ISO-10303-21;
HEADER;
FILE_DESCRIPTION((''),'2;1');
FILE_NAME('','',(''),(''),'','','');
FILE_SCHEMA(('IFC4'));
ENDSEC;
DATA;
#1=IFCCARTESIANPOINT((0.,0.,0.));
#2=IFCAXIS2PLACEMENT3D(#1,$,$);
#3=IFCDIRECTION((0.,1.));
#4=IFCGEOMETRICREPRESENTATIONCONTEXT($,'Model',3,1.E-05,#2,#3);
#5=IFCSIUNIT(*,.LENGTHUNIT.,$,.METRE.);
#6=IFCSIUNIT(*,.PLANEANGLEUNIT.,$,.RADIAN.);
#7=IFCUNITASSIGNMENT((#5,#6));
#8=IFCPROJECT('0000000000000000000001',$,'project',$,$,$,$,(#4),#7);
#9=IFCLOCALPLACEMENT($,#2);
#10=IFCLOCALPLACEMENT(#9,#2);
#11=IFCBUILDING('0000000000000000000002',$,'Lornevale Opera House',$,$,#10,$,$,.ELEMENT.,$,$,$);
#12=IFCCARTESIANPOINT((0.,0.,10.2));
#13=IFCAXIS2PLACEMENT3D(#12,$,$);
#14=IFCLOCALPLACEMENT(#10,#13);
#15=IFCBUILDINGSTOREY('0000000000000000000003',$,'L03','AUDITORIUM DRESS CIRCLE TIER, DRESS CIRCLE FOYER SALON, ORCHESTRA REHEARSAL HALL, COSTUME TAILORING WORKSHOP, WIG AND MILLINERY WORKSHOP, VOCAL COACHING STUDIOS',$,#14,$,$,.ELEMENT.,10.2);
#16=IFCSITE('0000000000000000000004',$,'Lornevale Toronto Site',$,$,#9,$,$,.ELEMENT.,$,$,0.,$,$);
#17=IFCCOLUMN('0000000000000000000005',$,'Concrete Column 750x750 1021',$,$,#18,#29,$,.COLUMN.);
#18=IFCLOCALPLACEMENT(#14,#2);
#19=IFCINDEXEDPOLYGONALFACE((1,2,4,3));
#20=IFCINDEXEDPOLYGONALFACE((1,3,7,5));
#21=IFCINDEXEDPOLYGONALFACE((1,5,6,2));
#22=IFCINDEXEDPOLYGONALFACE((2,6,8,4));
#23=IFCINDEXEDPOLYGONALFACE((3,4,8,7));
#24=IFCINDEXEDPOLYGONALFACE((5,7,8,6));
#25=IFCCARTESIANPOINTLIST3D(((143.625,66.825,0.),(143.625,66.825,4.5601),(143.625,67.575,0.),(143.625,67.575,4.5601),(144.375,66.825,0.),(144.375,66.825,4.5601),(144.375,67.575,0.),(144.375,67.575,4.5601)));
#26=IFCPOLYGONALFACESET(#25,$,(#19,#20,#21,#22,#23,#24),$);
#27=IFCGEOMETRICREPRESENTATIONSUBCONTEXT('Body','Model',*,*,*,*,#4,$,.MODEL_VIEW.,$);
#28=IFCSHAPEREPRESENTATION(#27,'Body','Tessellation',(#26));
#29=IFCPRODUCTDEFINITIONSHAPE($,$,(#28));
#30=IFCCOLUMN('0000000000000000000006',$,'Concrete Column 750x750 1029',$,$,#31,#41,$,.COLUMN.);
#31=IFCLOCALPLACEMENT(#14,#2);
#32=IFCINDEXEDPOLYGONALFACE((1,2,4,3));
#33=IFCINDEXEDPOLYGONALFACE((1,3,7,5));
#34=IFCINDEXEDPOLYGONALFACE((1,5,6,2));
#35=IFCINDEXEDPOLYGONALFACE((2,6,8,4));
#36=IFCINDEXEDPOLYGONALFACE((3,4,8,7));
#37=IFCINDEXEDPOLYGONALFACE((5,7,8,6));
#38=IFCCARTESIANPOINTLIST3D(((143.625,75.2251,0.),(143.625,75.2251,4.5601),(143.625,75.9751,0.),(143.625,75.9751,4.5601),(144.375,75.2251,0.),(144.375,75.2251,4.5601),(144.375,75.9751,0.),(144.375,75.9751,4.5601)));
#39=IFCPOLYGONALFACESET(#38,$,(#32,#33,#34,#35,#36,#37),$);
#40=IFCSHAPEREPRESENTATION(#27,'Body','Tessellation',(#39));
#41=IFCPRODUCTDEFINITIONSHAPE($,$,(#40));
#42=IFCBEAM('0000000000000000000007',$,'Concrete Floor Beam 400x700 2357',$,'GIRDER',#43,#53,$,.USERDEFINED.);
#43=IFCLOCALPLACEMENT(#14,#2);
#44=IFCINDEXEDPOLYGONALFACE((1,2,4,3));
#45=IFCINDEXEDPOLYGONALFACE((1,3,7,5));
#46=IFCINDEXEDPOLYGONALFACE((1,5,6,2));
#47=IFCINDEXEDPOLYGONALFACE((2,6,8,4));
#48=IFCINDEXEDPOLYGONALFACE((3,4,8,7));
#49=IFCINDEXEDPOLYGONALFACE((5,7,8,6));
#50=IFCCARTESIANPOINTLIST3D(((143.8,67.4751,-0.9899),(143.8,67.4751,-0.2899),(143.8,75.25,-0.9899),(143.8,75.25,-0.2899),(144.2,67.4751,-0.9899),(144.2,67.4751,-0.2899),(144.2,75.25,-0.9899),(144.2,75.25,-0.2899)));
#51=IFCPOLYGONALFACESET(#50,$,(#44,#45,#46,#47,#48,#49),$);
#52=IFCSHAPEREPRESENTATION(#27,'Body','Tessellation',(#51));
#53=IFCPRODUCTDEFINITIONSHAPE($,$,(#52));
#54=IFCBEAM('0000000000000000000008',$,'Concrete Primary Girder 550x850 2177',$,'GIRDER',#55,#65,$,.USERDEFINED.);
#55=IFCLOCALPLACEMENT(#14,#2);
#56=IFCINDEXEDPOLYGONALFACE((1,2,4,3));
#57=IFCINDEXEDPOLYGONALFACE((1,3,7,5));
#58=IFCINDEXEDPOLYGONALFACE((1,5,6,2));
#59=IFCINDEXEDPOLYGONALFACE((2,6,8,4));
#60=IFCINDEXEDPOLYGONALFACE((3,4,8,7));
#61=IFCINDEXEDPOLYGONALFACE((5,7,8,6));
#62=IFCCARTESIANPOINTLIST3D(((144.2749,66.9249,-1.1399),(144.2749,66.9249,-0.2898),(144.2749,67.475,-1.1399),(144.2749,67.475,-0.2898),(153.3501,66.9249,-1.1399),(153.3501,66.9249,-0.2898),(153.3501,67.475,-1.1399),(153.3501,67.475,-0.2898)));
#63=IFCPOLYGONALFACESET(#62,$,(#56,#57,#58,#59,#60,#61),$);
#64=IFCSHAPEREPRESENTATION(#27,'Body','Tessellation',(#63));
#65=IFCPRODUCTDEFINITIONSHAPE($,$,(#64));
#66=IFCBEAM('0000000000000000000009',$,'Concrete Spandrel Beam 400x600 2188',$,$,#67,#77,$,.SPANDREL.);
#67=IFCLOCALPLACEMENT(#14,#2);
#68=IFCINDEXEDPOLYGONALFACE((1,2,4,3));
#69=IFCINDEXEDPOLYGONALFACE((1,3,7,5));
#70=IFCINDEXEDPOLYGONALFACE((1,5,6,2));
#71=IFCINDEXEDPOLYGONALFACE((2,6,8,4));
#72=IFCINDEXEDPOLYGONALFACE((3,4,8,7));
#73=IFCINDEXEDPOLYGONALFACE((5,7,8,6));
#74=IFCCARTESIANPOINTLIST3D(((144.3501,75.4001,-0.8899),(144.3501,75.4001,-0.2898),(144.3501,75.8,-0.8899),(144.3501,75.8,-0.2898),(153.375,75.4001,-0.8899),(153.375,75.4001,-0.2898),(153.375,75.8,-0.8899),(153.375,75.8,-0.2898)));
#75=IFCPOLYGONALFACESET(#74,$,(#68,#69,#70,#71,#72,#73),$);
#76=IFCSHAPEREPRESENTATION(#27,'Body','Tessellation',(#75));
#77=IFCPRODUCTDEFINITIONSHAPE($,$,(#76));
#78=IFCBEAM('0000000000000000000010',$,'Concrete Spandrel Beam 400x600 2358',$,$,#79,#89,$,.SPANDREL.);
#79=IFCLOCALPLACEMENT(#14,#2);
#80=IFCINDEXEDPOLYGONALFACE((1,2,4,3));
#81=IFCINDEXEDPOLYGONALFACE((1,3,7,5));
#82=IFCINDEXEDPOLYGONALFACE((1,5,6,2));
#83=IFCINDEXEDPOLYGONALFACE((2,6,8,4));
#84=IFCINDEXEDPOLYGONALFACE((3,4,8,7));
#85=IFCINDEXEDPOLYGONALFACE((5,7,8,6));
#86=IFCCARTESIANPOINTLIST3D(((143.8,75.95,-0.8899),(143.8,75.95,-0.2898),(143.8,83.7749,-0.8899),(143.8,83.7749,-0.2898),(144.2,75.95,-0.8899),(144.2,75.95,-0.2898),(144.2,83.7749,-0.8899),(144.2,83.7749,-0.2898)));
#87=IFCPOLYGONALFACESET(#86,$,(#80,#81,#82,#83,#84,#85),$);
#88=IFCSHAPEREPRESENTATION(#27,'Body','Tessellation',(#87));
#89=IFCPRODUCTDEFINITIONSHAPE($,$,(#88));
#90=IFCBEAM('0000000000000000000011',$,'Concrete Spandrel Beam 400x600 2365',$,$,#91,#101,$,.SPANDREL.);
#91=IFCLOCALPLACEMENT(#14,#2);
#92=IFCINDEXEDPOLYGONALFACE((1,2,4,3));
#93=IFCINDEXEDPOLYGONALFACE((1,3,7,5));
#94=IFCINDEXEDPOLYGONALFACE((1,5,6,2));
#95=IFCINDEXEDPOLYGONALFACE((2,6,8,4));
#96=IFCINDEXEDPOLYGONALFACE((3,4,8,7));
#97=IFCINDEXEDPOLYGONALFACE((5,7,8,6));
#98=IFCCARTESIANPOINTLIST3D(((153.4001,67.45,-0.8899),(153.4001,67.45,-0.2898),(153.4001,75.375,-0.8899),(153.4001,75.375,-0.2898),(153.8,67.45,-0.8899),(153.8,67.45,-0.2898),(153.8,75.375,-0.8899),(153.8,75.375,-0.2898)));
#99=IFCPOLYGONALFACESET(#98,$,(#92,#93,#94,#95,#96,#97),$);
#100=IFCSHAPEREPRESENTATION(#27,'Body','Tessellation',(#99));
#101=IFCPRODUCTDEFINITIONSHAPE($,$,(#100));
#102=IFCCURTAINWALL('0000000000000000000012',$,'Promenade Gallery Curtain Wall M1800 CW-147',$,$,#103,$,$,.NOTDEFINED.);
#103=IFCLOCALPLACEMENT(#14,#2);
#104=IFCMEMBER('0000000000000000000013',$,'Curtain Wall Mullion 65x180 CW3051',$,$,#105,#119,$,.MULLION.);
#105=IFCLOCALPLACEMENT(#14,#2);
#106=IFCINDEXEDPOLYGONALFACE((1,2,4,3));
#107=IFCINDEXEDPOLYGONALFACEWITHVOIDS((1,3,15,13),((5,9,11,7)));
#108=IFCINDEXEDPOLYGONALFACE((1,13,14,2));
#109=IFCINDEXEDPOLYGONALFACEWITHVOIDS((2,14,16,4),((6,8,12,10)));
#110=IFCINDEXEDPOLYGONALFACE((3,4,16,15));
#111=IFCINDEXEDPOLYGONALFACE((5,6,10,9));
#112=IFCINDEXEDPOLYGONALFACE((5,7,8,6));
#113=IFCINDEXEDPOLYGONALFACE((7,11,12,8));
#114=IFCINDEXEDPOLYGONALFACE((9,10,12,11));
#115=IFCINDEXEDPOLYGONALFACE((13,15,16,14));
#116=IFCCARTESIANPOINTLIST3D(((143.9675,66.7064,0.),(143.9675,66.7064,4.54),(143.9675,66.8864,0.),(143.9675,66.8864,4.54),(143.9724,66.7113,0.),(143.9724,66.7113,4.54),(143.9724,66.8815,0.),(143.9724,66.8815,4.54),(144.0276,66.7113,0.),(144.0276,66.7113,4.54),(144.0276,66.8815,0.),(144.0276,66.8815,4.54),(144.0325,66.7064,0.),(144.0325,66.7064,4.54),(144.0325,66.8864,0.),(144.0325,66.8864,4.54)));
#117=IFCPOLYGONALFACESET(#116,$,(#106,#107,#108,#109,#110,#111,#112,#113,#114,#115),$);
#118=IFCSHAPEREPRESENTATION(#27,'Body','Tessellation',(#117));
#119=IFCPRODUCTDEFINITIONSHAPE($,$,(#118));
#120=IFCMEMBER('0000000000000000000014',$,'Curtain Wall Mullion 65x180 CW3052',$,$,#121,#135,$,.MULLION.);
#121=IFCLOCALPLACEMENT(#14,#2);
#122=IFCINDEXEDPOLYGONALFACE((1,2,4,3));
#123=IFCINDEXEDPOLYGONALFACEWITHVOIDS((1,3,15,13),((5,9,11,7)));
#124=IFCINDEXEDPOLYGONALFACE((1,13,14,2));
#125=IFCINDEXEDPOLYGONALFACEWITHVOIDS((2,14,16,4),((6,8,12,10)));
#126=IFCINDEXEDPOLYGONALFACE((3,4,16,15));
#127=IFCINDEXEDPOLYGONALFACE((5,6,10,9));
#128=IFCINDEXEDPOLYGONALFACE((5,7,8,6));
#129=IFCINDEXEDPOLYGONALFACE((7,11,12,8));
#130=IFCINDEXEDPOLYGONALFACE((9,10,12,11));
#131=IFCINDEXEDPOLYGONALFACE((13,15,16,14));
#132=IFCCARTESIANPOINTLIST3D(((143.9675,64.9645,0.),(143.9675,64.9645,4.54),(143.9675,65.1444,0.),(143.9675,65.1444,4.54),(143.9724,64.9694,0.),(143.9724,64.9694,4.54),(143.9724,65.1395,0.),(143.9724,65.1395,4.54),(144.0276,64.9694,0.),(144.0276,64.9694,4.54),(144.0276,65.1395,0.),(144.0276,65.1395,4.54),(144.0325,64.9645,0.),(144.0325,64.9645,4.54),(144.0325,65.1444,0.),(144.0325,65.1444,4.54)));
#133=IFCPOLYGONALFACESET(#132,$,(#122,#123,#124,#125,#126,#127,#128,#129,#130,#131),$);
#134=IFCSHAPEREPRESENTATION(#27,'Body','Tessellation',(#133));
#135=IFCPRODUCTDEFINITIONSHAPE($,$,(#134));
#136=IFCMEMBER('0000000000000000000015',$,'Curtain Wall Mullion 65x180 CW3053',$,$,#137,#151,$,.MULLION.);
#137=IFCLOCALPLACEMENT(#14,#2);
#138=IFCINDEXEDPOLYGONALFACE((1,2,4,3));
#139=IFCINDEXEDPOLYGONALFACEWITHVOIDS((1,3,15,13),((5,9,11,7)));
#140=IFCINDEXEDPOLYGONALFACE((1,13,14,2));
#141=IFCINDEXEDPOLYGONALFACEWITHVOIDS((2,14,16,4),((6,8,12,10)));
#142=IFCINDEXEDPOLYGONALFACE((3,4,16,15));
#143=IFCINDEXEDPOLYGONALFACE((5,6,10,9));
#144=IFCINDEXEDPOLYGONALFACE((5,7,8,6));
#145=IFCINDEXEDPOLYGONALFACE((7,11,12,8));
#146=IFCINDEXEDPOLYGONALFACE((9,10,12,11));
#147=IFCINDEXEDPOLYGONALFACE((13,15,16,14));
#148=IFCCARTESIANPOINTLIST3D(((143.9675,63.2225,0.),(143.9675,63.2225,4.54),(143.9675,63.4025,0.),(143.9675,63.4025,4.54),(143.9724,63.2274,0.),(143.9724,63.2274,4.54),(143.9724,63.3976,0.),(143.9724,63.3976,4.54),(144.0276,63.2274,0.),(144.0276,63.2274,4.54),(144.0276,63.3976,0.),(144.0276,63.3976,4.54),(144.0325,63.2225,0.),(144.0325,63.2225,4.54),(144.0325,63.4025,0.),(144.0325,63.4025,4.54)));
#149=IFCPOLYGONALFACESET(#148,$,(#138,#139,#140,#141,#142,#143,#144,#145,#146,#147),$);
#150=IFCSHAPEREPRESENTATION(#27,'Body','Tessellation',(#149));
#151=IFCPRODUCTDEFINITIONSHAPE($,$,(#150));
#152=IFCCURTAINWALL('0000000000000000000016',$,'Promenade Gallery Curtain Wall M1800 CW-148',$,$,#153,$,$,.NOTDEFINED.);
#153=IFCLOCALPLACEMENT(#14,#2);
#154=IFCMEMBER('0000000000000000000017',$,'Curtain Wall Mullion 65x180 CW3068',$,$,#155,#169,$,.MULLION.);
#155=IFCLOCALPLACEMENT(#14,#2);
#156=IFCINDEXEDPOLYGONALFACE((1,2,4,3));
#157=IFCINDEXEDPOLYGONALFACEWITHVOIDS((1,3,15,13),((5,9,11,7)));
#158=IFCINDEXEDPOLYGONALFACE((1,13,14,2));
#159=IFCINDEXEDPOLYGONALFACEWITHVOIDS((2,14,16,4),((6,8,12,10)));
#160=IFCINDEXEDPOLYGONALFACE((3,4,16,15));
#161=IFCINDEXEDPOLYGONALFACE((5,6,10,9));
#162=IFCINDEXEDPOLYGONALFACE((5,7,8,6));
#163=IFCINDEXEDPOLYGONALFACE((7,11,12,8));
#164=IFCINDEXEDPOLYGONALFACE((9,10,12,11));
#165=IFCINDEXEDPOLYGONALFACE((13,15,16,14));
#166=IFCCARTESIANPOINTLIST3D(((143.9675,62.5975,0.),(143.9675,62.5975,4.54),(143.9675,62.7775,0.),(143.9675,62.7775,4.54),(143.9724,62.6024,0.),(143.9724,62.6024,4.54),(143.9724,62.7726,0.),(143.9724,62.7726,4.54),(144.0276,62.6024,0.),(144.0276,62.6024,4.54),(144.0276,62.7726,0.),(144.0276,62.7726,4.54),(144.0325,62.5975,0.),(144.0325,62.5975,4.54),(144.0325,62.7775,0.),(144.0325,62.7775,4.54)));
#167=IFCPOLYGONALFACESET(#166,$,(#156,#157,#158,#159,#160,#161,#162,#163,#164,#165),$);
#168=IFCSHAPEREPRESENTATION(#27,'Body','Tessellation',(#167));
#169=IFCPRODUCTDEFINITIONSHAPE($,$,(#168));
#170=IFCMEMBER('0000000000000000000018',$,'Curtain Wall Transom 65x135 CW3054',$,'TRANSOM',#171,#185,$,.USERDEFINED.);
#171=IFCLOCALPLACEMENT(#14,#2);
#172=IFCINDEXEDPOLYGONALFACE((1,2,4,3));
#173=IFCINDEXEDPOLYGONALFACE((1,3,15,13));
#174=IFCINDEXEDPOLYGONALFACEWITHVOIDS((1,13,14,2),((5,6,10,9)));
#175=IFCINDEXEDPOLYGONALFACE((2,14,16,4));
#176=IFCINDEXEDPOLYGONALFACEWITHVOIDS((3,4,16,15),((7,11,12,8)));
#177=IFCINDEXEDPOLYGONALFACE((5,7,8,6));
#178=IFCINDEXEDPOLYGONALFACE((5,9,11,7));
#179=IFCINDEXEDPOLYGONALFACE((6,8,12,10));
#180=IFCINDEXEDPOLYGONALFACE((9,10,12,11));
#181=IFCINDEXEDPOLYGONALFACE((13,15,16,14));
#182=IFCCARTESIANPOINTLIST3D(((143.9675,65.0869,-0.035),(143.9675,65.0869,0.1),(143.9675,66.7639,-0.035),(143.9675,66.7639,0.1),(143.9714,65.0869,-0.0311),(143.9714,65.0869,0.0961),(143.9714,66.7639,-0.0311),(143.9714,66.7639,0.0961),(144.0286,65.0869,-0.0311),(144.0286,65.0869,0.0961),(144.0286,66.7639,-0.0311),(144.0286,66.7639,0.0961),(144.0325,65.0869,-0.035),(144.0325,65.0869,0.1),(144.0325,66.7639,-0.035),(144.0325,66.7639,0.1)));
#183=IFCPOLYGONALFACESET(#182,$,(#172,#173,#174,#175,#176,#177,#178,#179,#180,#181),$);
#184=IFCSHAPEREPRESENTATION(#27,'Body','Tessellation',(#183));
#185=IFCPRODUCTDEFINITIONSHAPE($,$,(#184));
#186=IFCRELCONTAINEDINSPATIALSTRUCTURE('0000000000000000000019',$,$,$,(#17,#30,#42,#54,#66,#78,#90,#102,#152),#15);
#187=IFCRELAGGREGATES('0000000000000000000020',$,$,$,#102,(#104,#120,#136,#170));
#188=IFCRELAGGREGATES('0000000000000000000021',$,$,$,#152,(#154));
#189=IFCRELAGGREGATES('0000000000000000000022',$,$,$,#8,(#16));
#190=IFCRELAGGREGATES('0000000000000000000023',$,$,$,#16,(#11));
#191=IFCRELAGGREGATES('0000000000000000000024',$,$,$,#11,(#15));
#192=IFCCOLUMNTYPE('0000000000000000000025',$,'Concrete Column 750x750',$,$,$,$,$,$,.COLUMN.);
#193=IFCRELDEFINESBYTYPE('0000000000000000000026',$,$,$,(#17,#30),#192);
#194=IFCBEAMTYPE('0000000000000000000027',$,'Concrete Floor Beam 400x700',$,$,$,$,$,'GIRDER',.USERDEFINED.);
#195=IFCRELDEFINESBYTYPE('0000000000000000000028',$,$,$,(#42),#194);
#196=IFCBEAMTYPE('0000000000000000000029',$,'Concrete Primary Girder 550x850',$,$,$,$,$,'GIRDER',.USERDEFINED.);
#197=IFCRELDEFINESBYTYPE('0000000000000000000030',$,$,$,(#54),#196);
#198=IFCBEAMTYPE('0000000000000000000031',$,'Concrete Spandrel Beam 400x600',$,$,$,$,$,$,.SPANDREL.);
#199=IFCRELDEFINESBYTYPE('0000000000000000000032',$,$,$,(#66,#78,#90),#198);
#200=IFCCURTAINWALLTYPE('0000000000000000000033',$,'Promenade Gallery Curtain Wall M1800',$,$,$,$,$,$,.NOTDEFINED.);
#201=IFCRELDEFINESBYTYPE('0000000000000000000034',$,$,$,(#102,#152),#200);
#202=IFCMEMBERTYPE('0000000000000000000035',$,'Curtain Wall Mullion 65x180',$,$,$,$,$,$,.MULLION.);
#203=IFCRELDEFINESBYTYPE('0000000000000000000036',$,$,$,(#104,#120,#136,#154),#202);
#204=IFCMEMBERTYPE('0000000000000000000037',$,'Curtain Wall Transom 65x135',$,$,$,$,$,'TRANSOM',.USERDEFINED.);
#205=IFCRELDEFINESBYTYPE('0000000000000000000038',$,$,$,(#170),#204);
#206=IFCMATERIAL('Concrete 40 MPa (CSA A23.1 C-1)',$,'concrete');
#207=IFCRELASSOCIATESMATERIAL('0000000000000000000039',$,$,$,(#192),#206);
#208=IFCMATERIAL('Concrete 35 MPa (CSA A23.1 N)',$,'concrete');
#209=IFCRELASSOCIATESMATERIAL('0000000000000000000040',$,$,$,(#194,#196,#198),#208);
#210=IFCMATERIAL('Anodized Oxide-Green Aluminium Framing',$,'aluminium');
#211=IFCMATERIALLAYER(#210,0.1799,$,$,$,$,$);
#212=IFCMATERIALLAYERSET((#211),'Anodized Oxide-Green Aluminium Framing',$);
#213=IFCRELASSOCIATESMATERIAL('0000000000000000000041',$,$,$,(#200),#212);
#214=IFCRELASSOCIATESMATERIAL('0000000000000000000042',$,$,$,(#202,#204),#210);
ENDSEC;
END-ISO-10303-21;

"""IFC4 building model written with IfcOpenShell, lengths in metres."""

from ifc_helpers import new_model, si_unit, direction, frame, origin, origin_2d, place, context, subcontext, project, spatial, rectangle, hollow_rectangle, extrude, material, layer, layer_set, material_profile, profile_set, type_object, element, aggregate, save


model = new_model("IFC4")

# Units and contexts
model_context = context("Model", 3, precision=1e-05, world=origin(), true_north=direction((0.0, 1.0)))
body_context = subcontext(model_context, "Body", "Model", "MODEL_VIEW")
ifc_project = project(units=[si_unit("LENGTHUNIT", "METRE"), si_unit("PLANEANGLEUNIT", "RADIAN")], contexts=[model_context])

# Site, building, storey
site_placement = place(None, origin())
site = spatial("IfcSite", under=ifc_project, at=site_placement, Name="Lornevale Toronto Site", CompositionType="ELEMENT", RefElevation=0.0)
building_placement = place(site_placement, origin())
building = spatial("IfcBuilding", under=site, at=building_placement, Name="Lornevale Opera House", CompositionType="ELEMENT")
storey_placement = place(building_placement, frame((0.0, 0.0, 10.2)))
storey = spatial("IfcBuildingStorey", under=building, at=storey_placement, Name="L03", Description="AUDITORIUM DRESS CIRCLE TIER, DRESS CIRCLE FOYER SALON, ORCHESTRA REHEARSAL HALL, COSTUME TAILORING WORKSHOP, WIG AND MILLINERY WORKSHOP, VOCAL COACHING STUDIOS", CompositionType="ELEMENT", Elevation=10.2)

# Columns
ifc_material_1 = material(Name="Concrete 40 MPa (CSA A23.1 C-1)", Category="concrete")
ifc_material_profile_1 = material_profile(ifc_material_1, rectangle(XDim=0.75, YDim=0.75, at=origin_2d()), Name="RC750x750")
ifc_profile_set_1 = profile_set([ifc_material_profile_1], Name="Concrete 40 MPa (CSA A23.1 C-1)")
column_type = type_object("IfcColumnType", Name="Concrete Column 750x750", PredefinedType="COLUMN", material=ifc_profile_set_1)
for number, where, z_axis, x_axis, name in (
    (1, (144.0, 67.2, 0.0), (0.0, 0.0, 1.0), (1.0, 0.0, 0.0), "Concrete Column 750x750 1021"),
    (2, (144.0, 75.6001, 0.0), (0.0, 0.0, 1.0), (1.0, 0.0, 0.0), "Concrete Column 750x750 1029"),
):
    element("IfcColumn", number, at=place(storey_placement, frame(where, z_axis=z_axis, x_axis=x_axis)), inside=storey, type_object=column_type, Name=name, PredefinedType="COLUMN", context=body_context, shape_type="SweptSolid", body=[
        extrude(rectangle(XDim=0.75, YDim=0.75, at=origin_2d()), origin(), (0.0, 0.0, 1.0), 4.5601),
    ])

# Beams
ifc_material_2 = material(Name="Concrete 35 MPa (CSA A23.1 N)", Category="concrete")
ifc_material_profile_2 = material_profile(ifc_material_2, rectangle(XDim=0.3999, YDim=0.7, at=origin_2d()), Name="RC400x700")
ifc_profile_set_2 = profile_set([ifc_material_profile_2], Name="Concrete 35 MPa (CSA A23.1 N)")
beam_type_1 = type_object("IfcBeamType", Name="Concrete Floor Beam 400x700", ElementType="GIRDER", PredefinedType="USERDEFINED", material=ifc_profile_set_2)
beam_1_placement = place(storey_placement, frame((144.0, 67.4751, -0.6399), z_axis=(0.0, 1.0, 0.0), x_axis=(-1.0, 0.0, 0.0)))
element("IfcBeam", 3, at=beam_1_placement, inside=storey, type_object=beam_type_1, Name="Concrete Floor Beam 400x700 2357", ObjectType="GIRDER", PredefinedType="USERDEFINED", context=body_context, shape_type="SweptSolid", body=[
    extrude(rectangle(XDim=0.3999, YDim=0.7, at=origin_2d()), origin(), (0.0, 0.0, 1.0), 7.7749),
])
ifc_material_profile_3 = material_profile(ifc_material_2, rectangle(XDim=0.55, YDim=0.8501, at=origin_2d()), Name="RC550x850")
ifc_profile_set_3 = profile_set([ifc_material_profile_3], Name="Concrete 35 MPa (CSA A23.1 N)")
beam_type_2 = type_object("IfcBeamType", Name="Concrete Primary Girder 550x850", ElementType="GIRDER", PredefinedType="USERDEFINED", material=ifc_profile_set_3)
beam_2_placement = place(storey_placement, frame((144.2749, 67.2, -0.7148), z_axis=(1.0, 0.0, 0.0), x_axis=(0.0, 1.0, 0.0)))
element("IfcBeam", 4, at=beam_2_placement, inside=storey, type_object=beam_type_2, Name="Concrete Primary Girder 550x850 2177", ObjectType="GIRDER", PredefinedType="USERDEFINED", context=body_context, shape_type="SweptSolid", body=[
    extrude(rectangle(XDim=0.55, YDim=0.8501, at=origin_2d()), origin(), (0.0, 0.0, 1.0), 9.0752),
])
ifc_material_profile_4 = material_profile(ifc_material_2, rectangle(XDim=0.3999, YDim=0.6001, at=origin_2d()), Name="RC400x600")
ifc_profile_set_4 = profile_set([ifc_material_profile_4], Name="Concrete 35 MPa (CSA A23.1 N)")
beam_type_3 = type_object("IfcBeamType", Name="Concrete Spandrel Beam 400x600", PredefinedType="SPANDREL", material=ifc_profile_set_4)
beam_3_placement = place(storey_placement, frame((144.3501, 75.6001, -0.5898), z_axis=(1.0, 0.0, 0.0), x_axis=(0.0, 1.0, 0.0)))
element("IfcBeam", 5, at=beam_3_placement, inside=storey, type_object=beam_type_3, Name="Concrete Spandrel Beam 400x600 2188", PredefinedType="SPANDREL", context=body_context, shape_type="SweptSolid", body=[
    extrude(rectangle(XDim=0.3999, YDim=0.6001, at=origin_2d()), origin(), (0.0, 0.0, 1.0), 9.0249),
])
beam_4_placement = place(storey_placement, frame((144.0, 75.95, -0.5898), z_axis=(0.0, 1.0, 0.0), x_axis=(-1.0, 0.0, 0.0)))
element("IfcBeam", 6, at=beam_4_placement, inside=storey, type_object=beam_type_3, Name="Concrete Spandrel Beam 400x600 2358", PredefinedType="SPANDREL", context=body_context, shape_type="SweptSolid", body=[
    extrude(rectangle(XDim=0.3999, YDim=0.6001, at=origin_2d()), origin(), (0.0, 0.0, 1.0), 7.825),
])
beam_5_placement = place(storey_placement, frame((153.6001, 67.45, -0.5898), z_axis=(0.0, 1.0, 0.0), x_axis=(-1.0, 0.0, 0.0)))
element("IfcBeam", 7, at=beam_5_placement, inside=storey, type_object=beam_type_3, Name="Concrete Spandrel Beam 400x600 2365", PredefinedType="SPANDREL", context=body_context, shape_type="SweptSolid", body=[
    extrude(rectangle(XDim=0.3999, YDim=0.6001, at=origin_2d()), origin(), (0.0, 0.0, 1.0), 7.925),
])

# Curtain wall, members
ifc_material_3 = material(Name="Anodized Oxide-Green Aluminium Framing", Category="aluminium")
ifc_layer_1 = layer(ifc_material_3, 0.1799)
ifc_layer_set_1 = layer_set([ifc_layer_1], Name="Anodized Oxide-Green Aluminium Framing")
curtain_wall_type = type_object("IfcCurtainWallType", Name="Promenade Gallery Curtain Wall M1800", PredefinedType="NOTDEFINED", material=ifc_layer_set_1)
curtain_wall_1_placement = place(storey_placement, origin())
curtain_wall_1 = element("IfcCurtainWall", 8, at=curtain_wall_1_placement, inside=storey, type_object=curtain_wall_type, Name="Promenade Gallery Curtain Wall M1800 CW-147", PredefinedType="NOTDEFINED")
ifc_material_profile_5 = material_profile(ifc_material_3, hollow_rectangle(XDim=0.0649, YDim=0.1799, WallThickness=0.0049, at=origin_2d()), Name="ALU65x180x5")
ifc_profile_set_5 = profile_set([ifc_material_profile_5], Name="Anodized Oxide-Green Aluminium Framing")
member_type_1 = type_object("IfcMemberType", Name="Curtain Wall Mullion 65x180", PredefinedType="MULLION", material=ifc_profile_set_5)
member_1_placement = place(storey_placement, frame((144.0, 66.7964, 0.0), z_axis=(0.0, 0.0, 1.0), x_axis=(1.0, 0.0, 0.0)))
member_1 = element("IfcMember", 9, at=member_1_placement, type_object=member_type_1, Name="Curtain Wall Mullion 65x180 CW3051", PredefinedType="MULLION", context=body_context, shape_type="SweptSolid", body=[
    extrude(hollow_rectangle(XDim=0.0649, YDim=0.1799, WallThickness=0.0049, at=origin_2d()), origin(), (0.0, 0.0, 1.0), 4.54),
])
member_2_placement = place(storey_placement, frame((144.0, 65.0544, 0.0), z_axis=(0.0, 0.0, 1.0), x_axis=(1.0, 0.0, 0.0)))
member_2 = element("IfcMember", 10, at=member_2_placement, type_object=member_type_1, Name="Curtain Wall Mullion 65x180 CW3052", PredefinedType="MULLION", context=body_context, shape_type="SweptSolid", body=[
    extrude(hollow_rectangle(XDim=0.0649, YDim=0.1799, WallThickness=0.0049, at=origin_2d()), origin(), (0.0, 0.0, 1.0), 4.54),
])
member_3_placement = place(storey_placement, frame((144.0, 63.3125, 0.0), z_axis=(0.0, 0.0, 1.0), x_axis=(1.0, 0.0, 0.0)))
member_3 = element("IfcMember", 11, at=member_3_placement, type_object=member_type_1, Name="Curtain Wall Mullion 65x180 CW3053", PredefinedType="MULLION", context=body_context, shape_type="SweptSolid", body=[
    extrude(hollow_rectangle(XDim=0.0649, YDim=0.1799, WallThickness=0.0049, at=origin_2d()), origin(), (0.0, 0.0, 1.0), 4.54),
])

# Curtain wall, member
curtain_wall_2_placement = place(storey_placement, origin())
curtain_wall_2 = element("IfcCurtainWall", 12, at=curtain_wall_2_placement, inside=storey, type_object=curtain_wall_type, Name="Promenade Gallery Curtain Wall M1800 CW-148", PredefinedType="NOTDEFINED")
member_4_placement = place(storey_placement, frame((144.0, 62.6875, 0.0), z_axis=(0.0, 0.0, 1.0), x_axis=(1.0, 0.0, 0.0)))
member_4 = element("IfcMember", 13, at=member_4_placement, type_object=member_type_1, Name="Curtain Wall Mullion 65x180 CW3068", PredefinedType="MULLION", context=body_context, shape_type="SweptSolid", body=[
    extrude(hollow_rectangle(XDim=0.0649, YDim=0.1799, WallThickness=0.0049, at=origin_2d()), origin(), (0.0, 0.0, 1.0), 4.54),
])

# Member
ifc_material_profile_6 = material_profile(ifc_material_3, hollow_rectangle(XDim=0.0649, YDim=0.135, WallThickness=0.0039, at=origin_2d()), Name="ALU65x135x4")
ifc_profile_set_6 = profile_set([ifc_material_profile_6], Name="Anodized Oxide-Green Aluminium Framing")
member_type_2 = type_object("IfcMemberType", Name="Curtain Wall Transom 65x135", ElementType="TRANSOM", PredefinedType="USERDEFINED", material=ifc_profile_set_6)
member_5_placement = place(storey_placement, frame((144.0, 66.7639, 0.0325), z_axis=(0.0, -1.0, 0.0), x_axis=(1.0, 0.0, 0.0)))
member_5 = element("IfcMember", 14, at=member_5_placement, type_object=member_type_2, Name="Curtain Wall Transom 65x135 CW3054", ObjectType="TRANSOM", PredefinedType="USERDEFINED", context=body_context, shape_type="SweptSolid", body=[
    extrude(hollow_rectangle(XDim=0.0649, YDim=0.135, WallThickness=0.0039, at=origin_2d()), origin(), (0.0, 0.0, 1.0), 1.677),
])

aggregate(curtain_wall_1, [member_1, member_2, member_3, member_5])
aggregate(curtain_wall_2, [member_4])

save(model, "model.ifc")
